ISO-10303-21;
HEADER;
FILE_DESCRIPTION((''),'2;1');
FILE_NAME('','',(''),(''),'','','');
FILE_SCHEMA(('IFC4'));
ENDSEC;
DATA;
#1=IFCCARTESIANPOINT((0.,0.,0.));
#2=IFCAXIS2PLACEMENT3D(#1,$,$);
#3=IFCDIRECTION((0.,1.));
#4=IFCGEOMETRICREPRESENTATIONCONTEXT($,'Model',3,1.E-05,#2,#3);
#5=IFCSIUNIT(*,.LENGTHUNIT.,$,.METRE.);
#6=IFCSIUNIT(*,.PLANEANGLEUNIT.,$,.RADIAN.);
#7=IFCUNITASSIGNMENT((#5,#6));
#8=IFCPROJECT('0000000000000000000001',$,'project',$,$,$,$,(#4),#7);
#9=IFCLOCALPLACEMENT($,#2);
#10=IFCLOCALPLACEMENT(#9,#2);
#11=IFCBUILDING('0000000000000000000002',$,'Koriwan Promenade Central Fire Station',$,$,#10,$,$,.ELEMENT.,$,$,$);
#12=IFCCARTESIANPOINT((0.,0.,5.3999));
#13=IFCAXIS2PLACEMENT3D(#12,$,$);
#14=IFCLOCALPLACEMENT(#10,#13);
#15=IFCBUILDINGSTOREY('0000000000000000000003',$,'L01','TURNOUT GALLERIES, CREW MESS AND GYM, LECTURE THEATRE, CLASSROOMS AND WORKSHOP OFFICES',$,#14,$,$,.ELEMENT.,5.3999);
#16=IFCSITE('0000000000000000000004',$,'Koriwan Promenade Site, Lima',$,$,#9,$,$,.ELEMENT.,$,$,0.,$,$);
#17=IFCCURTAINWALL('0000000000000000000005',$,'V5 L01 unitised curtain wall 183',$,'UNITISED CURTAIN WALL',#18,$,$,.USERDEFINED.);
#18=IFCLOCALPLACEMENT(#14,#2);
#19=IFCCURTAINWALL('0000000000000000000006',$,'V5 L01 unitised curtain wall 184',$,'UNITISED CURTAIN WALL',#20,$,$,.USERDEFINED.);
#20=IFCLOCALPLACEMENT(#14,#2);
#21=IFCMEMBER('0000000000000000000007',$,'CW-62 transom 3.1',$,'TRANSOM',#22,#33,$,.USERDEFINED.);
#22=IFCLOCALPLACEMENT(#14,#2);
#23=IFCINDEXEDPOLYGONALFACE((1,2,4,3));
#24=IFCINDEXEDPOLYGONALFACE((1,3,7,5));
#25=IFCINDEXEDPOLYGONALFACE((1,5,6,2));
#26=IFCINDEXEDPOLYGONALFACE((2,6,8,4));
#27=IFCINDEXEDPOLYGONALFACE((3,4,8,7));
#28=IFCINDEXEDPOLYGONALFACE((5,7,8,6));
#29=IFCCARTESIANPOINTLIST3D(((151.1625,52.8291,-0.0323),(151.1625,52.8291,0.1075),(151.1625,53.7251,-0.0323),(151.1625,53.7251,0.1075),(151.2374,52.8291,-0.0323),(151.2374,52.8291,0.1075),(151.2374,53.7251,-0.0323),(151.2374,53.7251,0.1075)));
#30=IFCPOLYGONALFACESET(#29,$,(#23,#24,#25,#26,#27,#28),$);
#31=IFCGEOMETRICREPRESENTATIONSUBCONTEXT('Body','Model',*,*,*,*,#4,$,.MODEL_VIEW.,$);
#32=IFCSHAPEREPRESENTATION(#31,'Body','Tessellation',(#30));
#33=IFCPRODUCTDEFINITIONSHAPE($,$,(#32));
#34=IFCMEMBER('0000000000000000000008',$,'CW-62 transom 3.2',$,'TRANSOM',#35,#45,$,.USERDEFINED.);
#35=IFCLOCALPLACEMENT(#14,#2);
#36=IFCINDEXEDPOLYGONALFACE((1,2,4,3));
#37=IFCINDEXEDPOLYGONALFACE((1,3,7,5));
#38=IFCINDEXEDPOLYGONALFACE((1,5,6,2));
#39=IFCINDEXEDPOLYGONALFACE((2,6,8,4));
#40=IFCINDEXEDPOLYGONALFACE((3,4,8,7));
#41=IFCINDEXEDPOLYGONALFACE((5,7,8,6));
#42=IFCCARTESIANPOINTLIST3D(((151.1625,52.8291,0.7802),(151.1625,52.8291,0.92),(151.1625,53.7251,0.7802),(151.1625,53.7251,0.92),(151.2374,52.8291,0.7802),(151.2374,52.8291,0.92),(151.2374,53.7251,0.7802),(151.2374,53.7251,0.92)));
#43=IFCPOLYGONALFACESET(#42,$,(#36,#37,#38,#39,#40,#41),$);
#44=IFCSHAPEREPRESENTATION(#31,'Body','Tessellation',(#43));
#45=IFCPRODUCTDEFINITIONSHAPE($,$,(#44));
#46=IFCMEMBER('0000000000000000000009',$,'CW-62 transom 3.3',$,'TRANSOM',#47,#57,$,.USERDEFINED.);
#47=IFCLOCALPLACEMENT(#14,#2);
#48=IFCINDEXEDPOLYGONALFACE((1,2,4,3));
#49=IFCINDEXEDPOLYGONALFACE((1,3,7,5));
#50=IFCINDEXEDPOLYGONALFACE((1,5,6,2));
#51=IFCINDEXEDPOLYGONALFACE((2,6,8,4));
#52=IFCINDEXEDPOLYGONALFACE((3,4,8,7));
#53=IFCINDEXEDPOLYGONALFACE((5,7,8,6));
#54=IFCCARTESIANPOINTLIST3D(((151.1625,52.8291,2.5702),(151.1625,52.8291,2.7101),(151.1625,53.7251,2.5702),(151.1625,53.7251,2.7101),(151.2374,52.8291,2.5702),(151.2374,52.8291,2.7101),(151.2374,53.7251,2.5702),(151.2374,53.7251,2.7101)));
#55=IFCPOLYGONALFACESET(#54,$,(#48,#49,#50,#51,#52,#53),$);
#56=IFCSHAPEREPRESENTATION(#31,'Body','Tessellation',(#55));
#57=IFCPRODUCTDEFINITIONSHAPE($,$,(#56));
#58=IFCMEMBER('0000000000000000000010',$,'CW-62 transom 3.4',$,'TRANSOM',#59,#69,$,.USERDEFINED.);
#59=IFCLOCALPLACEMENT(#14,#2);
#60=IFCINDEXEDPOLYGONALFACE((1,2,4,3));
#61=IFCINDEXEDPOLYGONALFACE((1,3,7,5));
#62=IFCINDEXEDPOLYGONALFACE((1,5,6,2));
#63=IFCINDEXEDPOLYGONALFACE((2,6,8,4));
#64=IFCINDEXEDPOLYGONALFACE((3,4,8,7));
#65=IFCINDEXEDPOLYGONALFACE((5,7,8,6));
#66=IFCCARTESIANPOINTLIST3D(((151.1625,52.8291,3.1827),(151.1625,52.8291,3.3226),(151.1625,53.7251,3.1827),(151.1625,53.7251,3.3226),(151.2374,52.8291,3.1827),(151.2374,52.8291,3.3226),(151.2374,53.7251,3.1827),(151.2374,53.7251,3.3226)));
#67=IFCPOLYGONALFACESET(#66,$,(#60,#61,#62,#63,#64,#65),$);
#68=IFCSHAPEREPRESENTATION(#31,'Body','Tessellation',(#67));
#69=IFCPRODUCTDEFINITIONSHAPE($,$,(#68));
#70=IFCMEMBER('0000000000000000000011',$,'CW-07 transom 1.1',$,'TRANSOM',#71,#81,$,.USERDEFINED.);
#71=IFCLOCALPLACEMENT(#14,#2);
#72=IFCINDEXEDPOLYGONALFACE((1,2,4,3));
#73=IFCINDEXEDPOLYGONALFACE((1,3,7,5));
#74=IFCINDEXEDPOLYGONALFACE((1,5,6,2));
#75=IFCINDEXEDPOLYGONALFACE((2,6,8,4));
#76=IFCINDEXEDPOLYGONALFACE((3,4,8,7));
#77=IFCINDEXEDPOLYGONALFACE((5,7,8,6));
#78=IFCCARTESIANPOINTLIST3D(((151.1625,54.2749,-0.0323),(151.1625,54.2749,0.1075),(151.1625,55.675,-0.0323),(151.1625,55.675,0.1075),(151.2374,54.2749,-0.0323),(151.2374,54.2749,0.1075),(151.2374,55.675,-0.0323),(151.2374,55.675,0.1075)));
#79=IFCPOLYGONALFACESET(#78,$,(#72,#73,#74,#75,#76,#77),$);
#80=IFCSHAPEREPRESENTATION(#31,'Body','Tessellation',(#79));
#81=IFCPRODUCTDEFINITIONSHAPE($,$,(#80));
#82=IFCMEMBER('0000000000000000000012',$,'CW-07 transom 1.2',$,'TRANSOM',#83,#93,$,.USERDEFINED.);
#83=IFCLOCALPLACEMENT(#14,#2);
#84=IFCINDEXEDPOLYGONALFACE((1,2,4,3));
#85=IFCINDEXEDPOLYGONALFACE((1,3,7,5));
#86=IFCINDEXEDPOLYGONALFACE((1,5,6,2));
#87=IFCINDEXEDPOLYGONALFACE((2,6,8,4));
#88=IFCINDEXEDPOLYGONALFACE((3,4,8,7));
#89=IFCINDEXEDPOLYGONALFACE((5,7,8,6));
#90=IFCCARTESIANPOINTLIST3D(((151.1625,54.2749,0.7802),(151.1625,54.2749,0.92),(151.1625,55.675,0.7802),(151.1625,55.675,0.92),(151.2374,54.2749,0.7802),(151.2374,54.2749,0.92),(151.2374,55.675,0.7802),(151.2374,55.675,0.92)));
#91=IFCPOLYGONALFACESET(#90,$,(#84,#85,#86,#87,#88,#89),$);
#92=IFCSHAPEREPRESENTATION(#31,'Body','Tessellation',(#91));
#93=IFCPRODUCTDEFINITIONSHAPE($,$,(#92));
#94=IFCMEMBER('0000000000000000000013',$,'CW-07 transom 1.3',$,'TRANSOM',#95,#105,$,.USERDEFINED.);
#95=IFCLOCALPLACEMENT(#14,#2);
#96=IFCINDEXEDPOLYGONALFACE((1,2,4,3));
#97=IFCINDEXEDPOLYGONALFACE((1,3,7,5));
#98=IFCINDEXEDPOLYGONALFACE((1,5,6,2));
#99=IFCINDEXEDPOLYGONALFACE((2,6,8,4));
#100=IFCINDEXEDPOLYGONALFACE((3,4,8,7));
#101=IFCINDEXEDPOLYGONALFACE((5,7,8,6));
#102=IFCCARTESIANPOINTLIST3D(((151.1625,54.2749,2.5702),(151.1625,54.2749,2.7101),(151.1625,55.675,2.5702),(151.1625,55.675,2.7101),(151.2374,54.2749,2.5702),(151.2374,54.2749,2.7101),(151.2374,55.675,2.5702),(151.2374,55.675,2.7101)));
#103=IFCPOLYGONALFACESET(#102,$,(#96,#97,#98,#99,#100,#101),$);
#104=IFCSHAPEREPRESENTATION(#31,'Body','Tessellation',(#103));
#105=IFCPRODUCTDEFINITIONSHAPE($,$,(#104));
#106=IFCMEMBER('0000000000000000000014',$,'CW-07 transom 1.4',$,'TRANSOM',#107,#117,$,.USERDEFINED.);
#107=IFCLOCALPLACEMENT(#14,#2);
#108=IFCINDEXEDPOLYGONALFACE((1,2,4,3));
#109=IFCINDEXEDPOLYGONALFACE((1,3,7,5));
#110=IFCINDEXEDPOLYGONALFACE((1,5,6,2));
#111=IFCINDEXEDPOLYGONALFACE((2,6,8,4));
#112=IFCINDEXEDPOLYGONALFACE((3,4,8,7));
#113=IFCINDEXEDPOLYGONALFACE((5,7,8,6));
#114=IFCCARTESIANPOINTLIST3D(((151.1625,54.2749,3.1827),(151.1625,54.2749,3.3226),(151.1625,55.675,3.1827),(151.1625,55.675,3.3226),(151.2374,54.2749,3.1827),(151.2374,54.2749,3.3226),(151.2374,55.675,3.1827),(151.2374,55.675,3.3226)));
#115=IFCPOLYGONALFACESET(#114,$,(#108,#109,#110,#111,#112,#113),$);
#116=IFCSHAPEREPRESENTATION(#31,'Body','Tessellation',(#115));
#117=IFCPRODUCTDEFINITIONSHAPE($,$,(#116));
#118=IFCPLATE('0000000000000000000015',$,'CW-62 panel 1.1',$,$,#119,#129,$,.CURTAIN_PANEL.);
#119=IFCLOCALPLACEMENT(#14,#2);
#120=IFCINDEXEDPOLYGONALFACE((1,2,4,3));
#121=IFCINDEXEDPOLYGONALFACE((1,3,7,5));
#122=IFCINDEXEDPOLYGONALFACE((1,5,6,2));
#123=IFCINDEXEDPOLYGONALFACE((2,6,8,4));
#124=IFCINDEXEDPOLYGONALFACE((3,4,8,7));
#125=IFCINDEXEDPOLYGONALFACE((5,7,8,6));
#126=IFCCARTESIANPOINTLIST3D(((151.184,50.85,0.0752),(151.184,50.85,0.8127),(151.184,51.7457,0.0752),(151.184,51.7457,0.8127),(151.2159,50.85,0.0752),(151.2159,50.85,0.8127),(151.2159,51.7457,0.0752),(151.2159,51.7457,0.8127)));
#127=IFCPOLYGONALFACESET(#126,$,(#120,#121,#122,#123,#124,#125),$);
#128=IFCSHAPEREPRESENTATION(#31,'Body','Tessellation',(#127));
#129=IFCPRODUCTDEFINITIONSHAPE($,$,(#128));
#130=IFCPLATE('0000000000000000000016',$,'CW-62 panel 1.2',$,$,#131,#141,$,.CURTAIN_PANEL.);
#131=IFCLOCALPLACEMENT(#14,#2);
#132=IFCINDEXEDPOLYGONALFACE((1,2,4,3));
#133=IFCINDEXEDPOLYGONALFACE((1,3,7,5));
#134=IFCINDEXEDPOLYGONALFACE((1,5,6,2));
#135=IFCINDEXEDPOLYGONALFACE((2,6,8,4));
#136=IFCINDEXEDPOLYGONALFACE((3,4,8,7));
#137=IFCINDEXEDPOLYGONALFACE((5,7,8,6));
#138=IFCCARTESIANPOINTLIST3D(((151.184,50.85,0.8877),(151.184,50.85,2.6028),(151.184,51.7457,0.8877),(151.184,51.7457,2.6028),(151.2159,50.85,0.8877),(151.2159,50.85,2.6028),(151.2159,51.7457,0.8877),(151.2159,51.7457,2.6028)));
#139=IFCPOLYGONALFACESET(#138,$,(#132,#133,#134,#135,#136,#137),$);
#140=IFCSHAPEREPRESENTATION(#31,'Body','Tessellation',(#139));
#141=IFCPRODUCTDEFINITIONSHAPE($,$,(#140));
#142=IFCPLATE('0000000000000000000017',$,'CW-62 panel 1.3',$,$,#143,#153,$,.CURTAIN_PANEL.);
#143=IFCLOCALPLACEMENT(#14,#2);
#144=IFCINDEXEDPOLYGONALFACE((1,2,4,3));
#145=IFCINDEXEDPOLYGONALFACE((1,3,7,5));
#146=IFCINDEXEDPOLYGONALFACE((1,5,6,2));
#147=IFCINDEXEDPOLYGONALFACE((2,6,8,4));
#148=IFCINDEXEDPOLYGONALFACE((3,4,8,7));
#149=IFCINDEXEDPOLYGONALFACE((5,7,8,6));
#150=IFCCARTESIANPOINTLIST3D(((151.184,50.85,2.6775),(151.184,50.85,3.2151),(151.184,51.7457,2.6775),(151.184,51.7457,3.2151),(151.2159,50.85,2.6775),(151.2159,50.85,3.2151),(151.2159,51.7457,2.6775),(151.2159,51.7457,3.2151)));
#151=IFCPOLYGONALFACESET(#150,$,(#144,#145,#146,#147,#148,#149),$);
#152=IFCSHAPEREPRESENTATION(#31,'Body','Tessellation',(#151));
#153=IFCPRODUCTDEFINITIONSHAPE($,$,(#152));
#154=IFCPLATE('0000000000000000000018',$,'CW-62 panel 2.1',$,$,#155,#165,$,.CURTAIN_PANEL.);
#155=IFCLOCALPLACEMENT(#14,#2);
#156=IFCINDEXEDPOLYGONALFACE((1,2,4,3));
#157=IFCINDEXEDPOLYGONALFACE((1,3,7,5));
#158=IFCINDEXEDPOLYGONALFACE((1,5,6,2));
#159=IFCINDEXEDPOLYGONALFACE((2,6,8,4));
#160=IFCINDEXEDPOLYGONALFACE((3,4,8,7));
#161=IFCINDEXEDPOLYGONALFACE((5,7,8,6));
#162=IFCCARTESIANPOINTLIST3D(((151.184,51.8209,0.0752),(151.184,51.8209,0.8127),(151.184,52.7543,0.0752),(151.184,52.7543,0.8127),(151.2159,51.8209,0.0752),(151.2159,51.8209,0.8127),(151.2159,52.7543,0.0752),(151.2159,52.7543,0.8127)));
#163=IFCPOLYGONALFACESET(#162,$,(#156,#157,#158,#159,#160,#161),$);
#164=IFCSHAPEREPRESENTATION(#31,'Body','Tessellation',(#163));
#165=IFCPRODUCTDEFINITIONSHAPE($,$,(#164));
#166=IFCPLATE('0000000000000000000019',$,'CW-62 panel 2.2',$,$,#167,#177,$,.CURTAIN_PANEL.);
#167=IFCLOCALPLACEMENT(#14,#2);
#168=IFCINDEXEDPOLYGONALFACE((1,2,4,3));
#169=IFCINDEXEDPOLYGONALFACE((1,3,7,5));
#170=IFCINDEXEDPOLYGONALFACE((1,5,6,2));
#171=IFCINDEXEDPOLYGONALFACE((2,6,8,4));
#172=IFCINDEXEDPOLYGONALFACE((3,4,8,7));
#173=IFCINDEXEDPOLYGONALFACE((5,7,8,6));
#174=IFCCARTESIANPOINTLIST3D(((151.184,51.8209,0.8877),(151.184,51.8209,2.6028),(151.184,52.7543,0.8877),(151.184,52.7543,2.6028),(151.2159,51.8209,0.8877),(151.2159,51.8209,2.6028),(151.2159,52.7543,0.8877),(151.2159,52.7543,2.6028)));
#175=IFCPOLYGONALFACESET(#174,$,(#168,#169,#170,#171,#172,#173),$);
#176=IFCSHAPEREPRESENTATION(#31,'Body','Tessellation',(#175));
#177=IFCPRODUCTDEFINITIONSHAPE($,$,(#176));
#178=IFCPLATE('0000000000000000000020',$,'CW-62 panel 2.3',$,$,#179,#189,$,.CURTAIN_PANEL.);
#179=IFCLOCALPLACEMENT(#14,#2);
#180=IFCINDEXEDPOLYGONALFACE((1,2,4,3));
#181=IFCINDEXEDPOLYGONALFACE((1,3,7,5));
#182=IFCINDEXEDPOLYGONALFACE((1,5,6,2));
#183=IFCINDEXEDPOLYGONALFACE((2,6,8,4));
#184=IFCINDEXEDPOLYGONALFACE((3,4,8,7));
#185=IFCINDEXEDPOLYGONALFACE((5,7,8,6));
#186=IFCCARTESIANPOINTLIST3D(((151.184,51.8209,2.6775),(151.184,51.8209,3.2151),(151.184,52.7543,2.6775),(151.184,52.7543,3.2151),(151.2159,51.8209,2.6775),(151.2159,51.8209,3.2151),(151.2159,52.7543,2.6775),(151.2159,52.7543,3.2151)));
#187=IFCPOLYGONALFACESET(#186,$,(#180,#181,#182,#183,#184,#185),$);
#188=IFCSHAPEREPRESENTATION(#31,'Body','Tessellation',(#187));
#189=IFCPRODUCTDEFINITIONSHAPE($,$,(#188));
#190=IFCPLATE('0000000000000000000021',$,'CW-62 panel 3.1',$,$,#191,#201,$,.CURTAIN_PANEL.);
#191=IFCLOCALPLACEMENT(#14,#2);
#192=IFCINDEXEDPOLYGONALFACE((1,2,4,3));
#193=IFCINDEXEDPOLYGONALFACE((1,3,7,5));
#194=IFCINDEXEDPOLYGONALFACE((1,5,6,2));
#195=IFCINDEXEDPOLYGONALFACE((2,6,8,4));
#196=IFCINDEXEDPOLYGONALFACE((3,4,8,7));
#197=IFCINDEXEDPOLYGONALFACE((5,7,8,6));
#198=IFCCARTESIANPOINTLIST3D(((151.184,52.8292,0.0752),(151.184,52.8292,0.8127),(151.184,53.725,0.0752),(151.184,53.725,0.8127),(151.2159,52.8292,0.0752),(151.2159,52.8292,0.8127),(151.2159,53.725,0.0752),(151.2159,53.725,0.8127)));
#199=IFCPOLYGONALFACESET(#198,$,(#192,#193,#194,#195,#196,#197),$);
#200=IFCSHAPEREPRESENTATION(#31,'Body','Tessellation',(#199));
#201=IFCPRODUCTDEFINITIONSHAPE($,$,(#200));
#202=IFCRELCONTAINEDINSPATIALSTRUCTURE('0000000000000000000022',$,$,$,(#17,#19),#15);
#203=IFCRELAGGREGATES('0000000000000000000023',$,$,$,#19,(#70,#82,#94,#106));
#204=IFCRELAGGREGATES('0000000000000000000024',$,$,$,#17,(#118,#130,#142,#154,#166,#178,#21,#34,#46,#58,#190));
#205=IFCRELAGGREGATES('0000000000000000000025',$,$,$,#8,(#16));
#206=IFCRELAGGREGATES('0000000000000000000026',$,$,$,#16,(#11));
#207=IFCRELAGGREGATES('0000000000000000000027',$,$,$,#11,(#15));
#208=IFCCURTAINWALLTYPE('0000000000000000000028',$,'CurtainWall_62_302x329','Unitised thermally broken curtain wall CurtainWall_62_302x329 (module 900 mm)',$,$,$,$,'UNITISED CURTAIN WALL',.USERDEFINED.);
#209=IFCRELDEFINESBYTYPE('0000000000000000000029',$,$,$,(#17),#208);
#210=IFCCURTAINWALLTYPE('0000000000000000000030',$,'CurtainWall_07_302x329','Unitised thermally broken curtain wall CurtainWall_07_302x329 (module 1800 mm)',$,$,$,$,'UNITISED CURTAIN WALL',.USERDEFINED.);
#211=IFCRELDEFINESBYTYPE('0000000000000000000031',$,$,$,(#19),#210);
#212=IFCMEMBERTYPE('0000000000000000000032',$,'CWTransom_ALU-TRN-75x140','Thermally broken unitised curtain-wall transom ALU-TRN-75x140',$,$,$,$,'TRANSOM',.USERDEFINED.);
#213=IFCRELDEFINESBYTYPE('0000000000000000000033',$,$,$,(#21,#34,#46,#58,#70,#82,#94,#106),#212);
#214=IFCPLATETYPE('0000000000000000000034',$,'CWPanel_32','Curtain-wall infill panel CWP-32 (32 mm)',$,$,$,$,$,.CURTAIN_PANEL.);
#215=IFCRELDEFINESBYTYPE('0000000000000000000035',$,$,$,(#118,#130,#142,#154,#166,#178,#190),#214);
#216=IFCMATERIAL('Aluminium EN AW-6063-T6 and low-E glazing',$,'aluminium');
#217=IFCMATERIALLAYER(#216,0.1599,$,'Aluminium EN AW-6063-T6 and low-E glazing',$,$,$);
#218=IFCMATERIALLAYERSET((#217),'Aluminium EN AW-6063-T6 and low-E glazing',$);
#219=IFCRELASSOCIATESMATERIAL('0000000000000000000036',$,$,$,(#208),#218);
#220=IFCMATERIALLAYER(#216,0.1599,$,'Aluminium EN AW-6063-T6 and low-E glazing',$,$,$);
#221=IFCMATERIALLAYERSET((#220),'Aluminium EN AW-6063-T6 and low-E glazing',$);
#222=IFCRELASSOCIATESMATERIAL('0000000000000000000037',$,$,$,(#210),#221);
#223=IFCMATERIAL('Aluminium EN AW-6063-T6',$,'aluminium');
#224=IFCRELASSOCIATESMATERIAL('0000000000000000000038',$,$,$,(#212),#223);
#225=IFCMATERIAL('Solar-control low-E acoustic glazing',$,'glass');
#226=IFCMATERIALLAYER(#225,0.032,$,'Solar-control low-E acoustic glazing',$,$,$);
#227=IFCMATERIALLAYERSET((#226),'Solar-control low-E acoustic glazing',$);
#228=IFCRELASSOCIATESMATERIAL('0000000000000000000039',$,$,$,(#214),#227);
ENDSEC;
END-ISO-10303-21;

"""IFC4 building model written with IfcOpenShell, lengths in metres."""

from ifc_helpers import new_model, si_unit, direction, frame, origin, origin_2d, place, context, subcontext, project, spatial, rectangle, extrude, material, layer, layer_set, material_profile, profile_set, type_object, element, aggregate, save


model = new_model("IFC4")

# Units and contexts
model_context = context("Model", 3, precision=1e-05, world=origin(), true_north=direction((0.0, 1.0)))
body_context = subcontext(model_context, "Body", "Model", "MODEL_VIEW")
ifc_project = project(units=[si_unit("LENGTHUNIT", "METRE"), si_unit("PLANEANGLEUNIT", "RADIAN")], contexts=[model_context])

# Site, building, storey
site_placement = place(None, origin())
site = spatial("IfcSite", under=ifc_project, at=site_placement, Name="Koriwan Promenade Site, Lima", CompositionType="ELEMENT", RefElevation=0.0)
building_placement = place(site_placement, origin())
building = spatial("IfcBuilding", under=site, at=building_placement, Name="Koriwan Promenade Central Fire Station", CompositionType="ELEMENT")
storey_placement = place(building_placement, frame((0.0, 0.0, 5.3999)))
storey = spatial("IfcBuildingStorey", under=building, at=storey_placement, Name="L01", Description="TURNOUT GALLERIES, CREW MESS AND GYM, LECTURE THEATRE, CLASSROOMS AND WORKSHOP OFFICES", CompositionType="ELEMENT", Elevation=5.3999)

# Curtain wall
ifc_material_1 = material(Name="Aluminium EN AW-6063-T6 and low-E glazing", Category="aluminium")
ifc_layer_1 = layer(ifc_material_1, 0.1599, Name="Aluminium EN AW-6063-T6 and low-E glazing")
ifc_layer_set_1 = layer_set([ifc_layer_1], Name="Aluminium EN AW-6063-T6 and low-E glazing")
curtain_wall_type_1 = type_object("IfcCurtainWallType", Name="CurtainWall_62_302x329", Description="Unitised thermally broken curtain wall CurtainWall_62_302x329 (module 900 mm)", ElementType="UNITISED CURTAIN WALL", PredefinedType="USERDEFINED", material=ifc_layer_set_1)
curtain_wall_1_placement = place(storey_placement, origin())
curtain_wall_1 = element("IfcCurtainWall", 1, at=curtain_wall_1_placement, inside=storey, type_object=curtain_wall_type_1, Name="V5 L01 unitised curtain wall 183", ObjectType="UNITISED CURTAIN WALL", PredefinedType="USERDEFINED")
ifc_material_2 = material(Name="Aluminium EN AW-6063-T6", Category="aluminium")

# Curtain wall
ifc_layer_2 = layer(ifc_material_1, 0.1599, Name="Aluminium EN AW-6063-T6 and low-E glazing")
ifc_layer_set_2 = layer_set([ifc_layer_2], Name="Aluminium EN AW-6063-T6 and low-E glazing")
curtain_wall_type_2 = type_object("IfcCurtainWallType", Name="CurtainWall_07_302x329", Description="Unitised thermally broken curtain wall CurtainWall_07_302x329 (module 1800 mm)", ElementType="UNITISED CURTAIN WALL", PredefinedType="USERDEFINED", material=ifc_layer_set_2)
curtain_wall_2_placement = place(storey_placement, origin())
curtain_wall_2 = element("IfcCurtainWall", 2, at=curtain_wall_2_placement, inside=storey, type_object=curtain_wall_type_2, Name="V5 L01 unitised curtain wall 184", ObjectType="UNITISED CURTAIN WALL", PredefinedType="USERDEFINED")

# Members
ifc_material_profile_1 = material_profile(ifc_material_2, rectangle(XDim=0.075, YDim=0.1399, at=origin_2d()), Name="ALU-TRN-75x140")
ifc_profile_set_1 = profile_set([ifc_material_profile_1], Name="Aluminium EN AW-6063-T6")
member_type_1 = type_object("IfcMemberType", Name="CWTransom_ALU-TRN-75x140", Description="Thermally broken unitised curtain-wall transom ALU-TRN-75x140", ElementType="TRANSOM", PredefinedType="USERDEFINED", material=ifc_profile_set_1)
member_1_placement = place(storey_placement, frame((151.2, 52.8291, 0.0376), z_axis=(0.0, 1.0, 0.0), x_axis=(-1.0, 0.0, 0.0)))
member_1 = element("IfcMember", 3, at=member_1_placement, type_object=member_type_1, Name="CW-62 transom 3.1", ObjectType="TRANSOM", PredefinedType="USERDEFINED", context=body_context, shape_type="SweptSolid", body=[
    extrude(rectangle(XDim=0.075, YDim=0.1399, at=origin_2d()), origin(), (0.0, 0.0, 1.0), 0.896),
])
member_2_placement = place(storey_placement, frame((151.2, 52.8291, 0.8501), z_axis=(0.0, 1.0, 0.0), x_axis=(-1.0, 0.0, 0.0)))
member_2 = element("IfcMember", 4, at=member_2_placement, type_object=member_type_1, Name="CW-62 transom 3.2", ObjectType="TRANSOM", PredefinedType="USERDEFINED", context=body_context, shape_type="SweptSolid", body=[
    extrude(rectangle(XDim=0.075, YDim=0.1399, at=origin_2d()), origin(), (0.0, 0.0, 1.0), 0.896),
])
member_3_placement = place(storey_placement, frame((151.2, 52.8291, 2.6401), z_axis=(0.0, 1.0, 0.0), x_axis=(-1.0, 0.0, 0.0)))
member_3 = element("IfcMember", 5, at=member_3_placement, type_object=member_type_1, Name="CW-62 transom 3.3", ObjectType="TRANSOM", PredefinedType="USERDEFINED", context=body_context, shape_type="SweptSolid", body=[
    extrude(rectangle(XDim=0.075, YDim=0.1399, at=origin_2d()), origin(), (0.0, 0.0, 1.0), 0.896),
])
member_4_placement = place(storey_placement, frame((151.2, 52.8291, 3.2527), z_axis=(0.0, 1.0, 0.0), x_axis=(-1.0, 0.0, 0.0)))
member_4 = element("IfcMember", 6, at=member_4_placement, type_object=member_type_1, Name="CW-62 transom 3.4", ObjectType="TRANSOM", PredefinedType="USERDEFINED", context=body_context, shape_type="SweptSolid", body=[
    extrude(rectangle(XDim=0.075, YDim=0.1399, at=origin_2d()), origin(), (0.0, 0.0, 1.0), 0.896),
])
member_5_placement = place(storey_placement, frame((151.2, 54.2749, 0.0376), z_axis=(0.0, 1.0, 0.0), x_axis=(-1.0, 0.0, 0.0)))
member_5 = element("IfcMember", 7, at=member_5_placement, type_object=member_type_1, Name="CW-07 transom 1.1", ObjectType="TRANSOM", PredefinedType="USERDEFINED", context=body_context, shape_type="SweptSolid", body=[
    extrude(rectangle(XDim=0.075, YDim=0.1399, at=origin_2d()), origin(), (0.0, 0.0, 1.0), 1.4001),
])
member_6_placement = place(storey_placement, frame((151.2, 54.2749, 0.8501), z_axis=(0.0, 1.0, 0.0), x_axis=(-1.0, 0.0, 0.0)))
member_6 = element("IfcMember", 8, at=member_6_placement, type_object=member_type_1, Name="CW-07 transom 1.2", ObjectType="TRANSOM", PredefinedType="USERDEFINED", context=body_context, shape_type="SweptSolid", body=[
    extrude(rectangle(XDim=0.075, YDim=0.1399, at=origin_2d()), origin(), (0.0, 0.0, 1.0), 1.4001),
])
member_7_placement = place(storey_placement, frame((151.2, 54.2749, 2.6401), z_axis=(0.0, 1.0, 0.0), x_axis=(-1.0, 0.0, 0.0)))
member_7 = element("IfcMember", 9, at=member_7_placement, type_object=member_type_1, Name="CW-07 transom 1.3", ObjectType="TRANSOM", PredefinedType="USERDEFINED", context=body_context, shape_type="SweptSolid", body=[
    extrude(rectangle(XDim=0.075, YDim=0.1399, at=origin_2d()), origin(), (0.0, 0.0, 1.0), 1.4001),
])
member_8_placement = place(storey_placement, frame((151.2, 54.2749, 3.2527), z_axis=(0.0, 1.0, 0.0), x_axis=(-1.0, 0.0, 0.0)))
member_8 = element("IfcMember", 10, at=member_8_placement, type_object=member_type_1, Name="CW-07 transom 1.4", ObjectType="TRANSOM", PredefinedType="USERDEFINED", context=body_context, shape_type="SweptSolid", body=[
    extrude(rectangle(XDim=0.075, YDim=0.1399, at=origin_2d()), origin(), (0.0, 0.0, 1.0), 1.4001),
])
aggregate(curtain_wall_2, [member_5, member_6, member_7, member_8])

# Plates
ifc_material_3 = material(Name="Solar-control low-E acoustic glazing", Category="glass")
ifc_layer_3 = layer(ifc_material_3, 0.032, Name="Solar-control low-E acoustic glazing")
ifc_layer_set_3 = layer_set([ifc_layer_3], Name="Solar-control low-E acoustic glazing")
plate_type = type_object("IfcPlateType", Name="CWPanel_32", Description="Curtain-wall infill panel CWP-32 (32 mm)", PredefinedType="CURTAIN_PANEL", material=ifc_layer_set_3)
plate_1_placement = place(storey_placement, frame((151.2, 51.2979, 0.0752), z_axis=(0.0, 0.0, 1.0), x_axis=(0.0, 1.0, 0.0)))
plate_1 = element("IfcPlate", 11, at=plate_1_placement, type_object=plate_type, Name="CW-62 panel 1.1", PredefinedType="CURTAIN_PANEL", context=body_context, shape_type="SweptSolid", body=[
    extrude(rectangle(XDim=0.8958, YDim=0.032, at=origin_2d()), origin(), (0.0, 0.0, 1.0), 0.7375),
])
plate_2_placement = place(storey_placement, frame((151.2, 51.2979, 0.8877), z_axis=(0.0, 0.0, 1.0), x_axis=(0.0, 1.0, 0.0)))
plate_2 = element("IfcPlate", 12, at=plate_2_placement, type_object=plate_type, Name="CW-62 panel 1.2", PredefinedType="CURTAIN_PANEL", context=body_context, shape_type="SweptSolid", body=[
    extrude(rectangle(XDim=0.8958, YDim=0.032, at=origin_2d()), origin(), (0.0, 0.0, 1.0), 1.7151),
])
plate_3_placement = place(storey_placement, frame((151.2, 51.2979, 2.6775), z_axis=(0.0, 0.0, 1.0), x_axis=(0.0, 1.0, 0.0)))
plate_3 = element("IfcPlate", 13, at=plate_3_placement, type_object=plate_type, Name="CW-62 panel 1.3", PredefinedType="CURTAIN_PANEL", context=body_context, shape_type="SweptSolid", body=[
    extrude(rectangle(XDim=0.8958, YDim=0.032, at=origin_2d()), origin(), (0.0, 0.0, 1.0), 0.5376),
])
plate_4_placement = place(storey_placement, frame((151.2, 52.2876, 0.0752), z_axis=(0.0, 0.0, 1.0), x_axis=(0.0, 1.0, 0.0)))
plate_4 = element("IfcPlate", 14, at=plate_4_placement, type_object=plate_type, Name="CW-62 panel 2.1", PredefinedType="CURTAIN_PANEL", context=body_context, shape_type="SweptSolid", body=[
    extrude(rectangle(XDim=0.9333, YDim=0.032, at=origin_2d()), origin(), (0.0, 0.0, 1.0), 0.7375),
])
plate_5_placement = place(storey_placement, frame((151.2, 52.2876, 0.8877), z_axis=(0.0, 0.0, 1.0), x_axis=(0.0, 1.0, 0.0)))
plate_5 = element("IfcPlate", 15, at=plate_5_placement, type_object=plate_type, Name="CW-62 panel 2.2", PredefinedType="CURTAIN_PANEL", context=body_context, shape_type="SweptSolid", body=[
    extrude(rectangle(XDim=0.9333, YDim=0.032, at=origin_2d()), origin(), (0.0, 0.0, 1.0), 1.7151),
])
plate_6_placement = place(storey_placement, frame((151.2, 52.2876, 2.6775), z_axis=(0.0, 0.0, 1.0), x_axis=(0.0, 1.0, 0.0)))
plate_6 = element("IfcPlate", 16, at=plate_6_placement, type_object=plate_type, Name="CW-62 panel 2.3", PredefinedType="CURTAIN_PANEL", context=body_context, shape_type="SweptSolid", body=[
    extrude(rectangle(XDim=0.9333, YDim=0.032, at=origin_2d()), origin(), (0.0, 0.0, 1.0), 0.5376),
])
plate_7_placement = place(storey_placement, frame((151.2, 53.2771, 0.0752), z_axis=(0.0, 0.0, 1.0), x_axis=(0.0, 1.0, 0.0)))
plate_7 = element("IfcPlate", 17, at=plate_7_placement, type_object=plate_type, Name="CW-62 panel 3.1", PredefinedType="CURTAIN_PANEL", context=body_context, shape_type="SweptSolid", body=[
    extrude(rectangle(XDim=0.8958, YDim=0.032, at=origin_2d()), origin(), (0.0, 0.0, 1.0), 0.7375),
])
aggregate(curtain_wall_1, [plate_1, plate_2, plate_3, plate_4, plate_5, plate_6, member_1, member_2, member_3, member_4, plate_7])

save(model, "model.ifc")
